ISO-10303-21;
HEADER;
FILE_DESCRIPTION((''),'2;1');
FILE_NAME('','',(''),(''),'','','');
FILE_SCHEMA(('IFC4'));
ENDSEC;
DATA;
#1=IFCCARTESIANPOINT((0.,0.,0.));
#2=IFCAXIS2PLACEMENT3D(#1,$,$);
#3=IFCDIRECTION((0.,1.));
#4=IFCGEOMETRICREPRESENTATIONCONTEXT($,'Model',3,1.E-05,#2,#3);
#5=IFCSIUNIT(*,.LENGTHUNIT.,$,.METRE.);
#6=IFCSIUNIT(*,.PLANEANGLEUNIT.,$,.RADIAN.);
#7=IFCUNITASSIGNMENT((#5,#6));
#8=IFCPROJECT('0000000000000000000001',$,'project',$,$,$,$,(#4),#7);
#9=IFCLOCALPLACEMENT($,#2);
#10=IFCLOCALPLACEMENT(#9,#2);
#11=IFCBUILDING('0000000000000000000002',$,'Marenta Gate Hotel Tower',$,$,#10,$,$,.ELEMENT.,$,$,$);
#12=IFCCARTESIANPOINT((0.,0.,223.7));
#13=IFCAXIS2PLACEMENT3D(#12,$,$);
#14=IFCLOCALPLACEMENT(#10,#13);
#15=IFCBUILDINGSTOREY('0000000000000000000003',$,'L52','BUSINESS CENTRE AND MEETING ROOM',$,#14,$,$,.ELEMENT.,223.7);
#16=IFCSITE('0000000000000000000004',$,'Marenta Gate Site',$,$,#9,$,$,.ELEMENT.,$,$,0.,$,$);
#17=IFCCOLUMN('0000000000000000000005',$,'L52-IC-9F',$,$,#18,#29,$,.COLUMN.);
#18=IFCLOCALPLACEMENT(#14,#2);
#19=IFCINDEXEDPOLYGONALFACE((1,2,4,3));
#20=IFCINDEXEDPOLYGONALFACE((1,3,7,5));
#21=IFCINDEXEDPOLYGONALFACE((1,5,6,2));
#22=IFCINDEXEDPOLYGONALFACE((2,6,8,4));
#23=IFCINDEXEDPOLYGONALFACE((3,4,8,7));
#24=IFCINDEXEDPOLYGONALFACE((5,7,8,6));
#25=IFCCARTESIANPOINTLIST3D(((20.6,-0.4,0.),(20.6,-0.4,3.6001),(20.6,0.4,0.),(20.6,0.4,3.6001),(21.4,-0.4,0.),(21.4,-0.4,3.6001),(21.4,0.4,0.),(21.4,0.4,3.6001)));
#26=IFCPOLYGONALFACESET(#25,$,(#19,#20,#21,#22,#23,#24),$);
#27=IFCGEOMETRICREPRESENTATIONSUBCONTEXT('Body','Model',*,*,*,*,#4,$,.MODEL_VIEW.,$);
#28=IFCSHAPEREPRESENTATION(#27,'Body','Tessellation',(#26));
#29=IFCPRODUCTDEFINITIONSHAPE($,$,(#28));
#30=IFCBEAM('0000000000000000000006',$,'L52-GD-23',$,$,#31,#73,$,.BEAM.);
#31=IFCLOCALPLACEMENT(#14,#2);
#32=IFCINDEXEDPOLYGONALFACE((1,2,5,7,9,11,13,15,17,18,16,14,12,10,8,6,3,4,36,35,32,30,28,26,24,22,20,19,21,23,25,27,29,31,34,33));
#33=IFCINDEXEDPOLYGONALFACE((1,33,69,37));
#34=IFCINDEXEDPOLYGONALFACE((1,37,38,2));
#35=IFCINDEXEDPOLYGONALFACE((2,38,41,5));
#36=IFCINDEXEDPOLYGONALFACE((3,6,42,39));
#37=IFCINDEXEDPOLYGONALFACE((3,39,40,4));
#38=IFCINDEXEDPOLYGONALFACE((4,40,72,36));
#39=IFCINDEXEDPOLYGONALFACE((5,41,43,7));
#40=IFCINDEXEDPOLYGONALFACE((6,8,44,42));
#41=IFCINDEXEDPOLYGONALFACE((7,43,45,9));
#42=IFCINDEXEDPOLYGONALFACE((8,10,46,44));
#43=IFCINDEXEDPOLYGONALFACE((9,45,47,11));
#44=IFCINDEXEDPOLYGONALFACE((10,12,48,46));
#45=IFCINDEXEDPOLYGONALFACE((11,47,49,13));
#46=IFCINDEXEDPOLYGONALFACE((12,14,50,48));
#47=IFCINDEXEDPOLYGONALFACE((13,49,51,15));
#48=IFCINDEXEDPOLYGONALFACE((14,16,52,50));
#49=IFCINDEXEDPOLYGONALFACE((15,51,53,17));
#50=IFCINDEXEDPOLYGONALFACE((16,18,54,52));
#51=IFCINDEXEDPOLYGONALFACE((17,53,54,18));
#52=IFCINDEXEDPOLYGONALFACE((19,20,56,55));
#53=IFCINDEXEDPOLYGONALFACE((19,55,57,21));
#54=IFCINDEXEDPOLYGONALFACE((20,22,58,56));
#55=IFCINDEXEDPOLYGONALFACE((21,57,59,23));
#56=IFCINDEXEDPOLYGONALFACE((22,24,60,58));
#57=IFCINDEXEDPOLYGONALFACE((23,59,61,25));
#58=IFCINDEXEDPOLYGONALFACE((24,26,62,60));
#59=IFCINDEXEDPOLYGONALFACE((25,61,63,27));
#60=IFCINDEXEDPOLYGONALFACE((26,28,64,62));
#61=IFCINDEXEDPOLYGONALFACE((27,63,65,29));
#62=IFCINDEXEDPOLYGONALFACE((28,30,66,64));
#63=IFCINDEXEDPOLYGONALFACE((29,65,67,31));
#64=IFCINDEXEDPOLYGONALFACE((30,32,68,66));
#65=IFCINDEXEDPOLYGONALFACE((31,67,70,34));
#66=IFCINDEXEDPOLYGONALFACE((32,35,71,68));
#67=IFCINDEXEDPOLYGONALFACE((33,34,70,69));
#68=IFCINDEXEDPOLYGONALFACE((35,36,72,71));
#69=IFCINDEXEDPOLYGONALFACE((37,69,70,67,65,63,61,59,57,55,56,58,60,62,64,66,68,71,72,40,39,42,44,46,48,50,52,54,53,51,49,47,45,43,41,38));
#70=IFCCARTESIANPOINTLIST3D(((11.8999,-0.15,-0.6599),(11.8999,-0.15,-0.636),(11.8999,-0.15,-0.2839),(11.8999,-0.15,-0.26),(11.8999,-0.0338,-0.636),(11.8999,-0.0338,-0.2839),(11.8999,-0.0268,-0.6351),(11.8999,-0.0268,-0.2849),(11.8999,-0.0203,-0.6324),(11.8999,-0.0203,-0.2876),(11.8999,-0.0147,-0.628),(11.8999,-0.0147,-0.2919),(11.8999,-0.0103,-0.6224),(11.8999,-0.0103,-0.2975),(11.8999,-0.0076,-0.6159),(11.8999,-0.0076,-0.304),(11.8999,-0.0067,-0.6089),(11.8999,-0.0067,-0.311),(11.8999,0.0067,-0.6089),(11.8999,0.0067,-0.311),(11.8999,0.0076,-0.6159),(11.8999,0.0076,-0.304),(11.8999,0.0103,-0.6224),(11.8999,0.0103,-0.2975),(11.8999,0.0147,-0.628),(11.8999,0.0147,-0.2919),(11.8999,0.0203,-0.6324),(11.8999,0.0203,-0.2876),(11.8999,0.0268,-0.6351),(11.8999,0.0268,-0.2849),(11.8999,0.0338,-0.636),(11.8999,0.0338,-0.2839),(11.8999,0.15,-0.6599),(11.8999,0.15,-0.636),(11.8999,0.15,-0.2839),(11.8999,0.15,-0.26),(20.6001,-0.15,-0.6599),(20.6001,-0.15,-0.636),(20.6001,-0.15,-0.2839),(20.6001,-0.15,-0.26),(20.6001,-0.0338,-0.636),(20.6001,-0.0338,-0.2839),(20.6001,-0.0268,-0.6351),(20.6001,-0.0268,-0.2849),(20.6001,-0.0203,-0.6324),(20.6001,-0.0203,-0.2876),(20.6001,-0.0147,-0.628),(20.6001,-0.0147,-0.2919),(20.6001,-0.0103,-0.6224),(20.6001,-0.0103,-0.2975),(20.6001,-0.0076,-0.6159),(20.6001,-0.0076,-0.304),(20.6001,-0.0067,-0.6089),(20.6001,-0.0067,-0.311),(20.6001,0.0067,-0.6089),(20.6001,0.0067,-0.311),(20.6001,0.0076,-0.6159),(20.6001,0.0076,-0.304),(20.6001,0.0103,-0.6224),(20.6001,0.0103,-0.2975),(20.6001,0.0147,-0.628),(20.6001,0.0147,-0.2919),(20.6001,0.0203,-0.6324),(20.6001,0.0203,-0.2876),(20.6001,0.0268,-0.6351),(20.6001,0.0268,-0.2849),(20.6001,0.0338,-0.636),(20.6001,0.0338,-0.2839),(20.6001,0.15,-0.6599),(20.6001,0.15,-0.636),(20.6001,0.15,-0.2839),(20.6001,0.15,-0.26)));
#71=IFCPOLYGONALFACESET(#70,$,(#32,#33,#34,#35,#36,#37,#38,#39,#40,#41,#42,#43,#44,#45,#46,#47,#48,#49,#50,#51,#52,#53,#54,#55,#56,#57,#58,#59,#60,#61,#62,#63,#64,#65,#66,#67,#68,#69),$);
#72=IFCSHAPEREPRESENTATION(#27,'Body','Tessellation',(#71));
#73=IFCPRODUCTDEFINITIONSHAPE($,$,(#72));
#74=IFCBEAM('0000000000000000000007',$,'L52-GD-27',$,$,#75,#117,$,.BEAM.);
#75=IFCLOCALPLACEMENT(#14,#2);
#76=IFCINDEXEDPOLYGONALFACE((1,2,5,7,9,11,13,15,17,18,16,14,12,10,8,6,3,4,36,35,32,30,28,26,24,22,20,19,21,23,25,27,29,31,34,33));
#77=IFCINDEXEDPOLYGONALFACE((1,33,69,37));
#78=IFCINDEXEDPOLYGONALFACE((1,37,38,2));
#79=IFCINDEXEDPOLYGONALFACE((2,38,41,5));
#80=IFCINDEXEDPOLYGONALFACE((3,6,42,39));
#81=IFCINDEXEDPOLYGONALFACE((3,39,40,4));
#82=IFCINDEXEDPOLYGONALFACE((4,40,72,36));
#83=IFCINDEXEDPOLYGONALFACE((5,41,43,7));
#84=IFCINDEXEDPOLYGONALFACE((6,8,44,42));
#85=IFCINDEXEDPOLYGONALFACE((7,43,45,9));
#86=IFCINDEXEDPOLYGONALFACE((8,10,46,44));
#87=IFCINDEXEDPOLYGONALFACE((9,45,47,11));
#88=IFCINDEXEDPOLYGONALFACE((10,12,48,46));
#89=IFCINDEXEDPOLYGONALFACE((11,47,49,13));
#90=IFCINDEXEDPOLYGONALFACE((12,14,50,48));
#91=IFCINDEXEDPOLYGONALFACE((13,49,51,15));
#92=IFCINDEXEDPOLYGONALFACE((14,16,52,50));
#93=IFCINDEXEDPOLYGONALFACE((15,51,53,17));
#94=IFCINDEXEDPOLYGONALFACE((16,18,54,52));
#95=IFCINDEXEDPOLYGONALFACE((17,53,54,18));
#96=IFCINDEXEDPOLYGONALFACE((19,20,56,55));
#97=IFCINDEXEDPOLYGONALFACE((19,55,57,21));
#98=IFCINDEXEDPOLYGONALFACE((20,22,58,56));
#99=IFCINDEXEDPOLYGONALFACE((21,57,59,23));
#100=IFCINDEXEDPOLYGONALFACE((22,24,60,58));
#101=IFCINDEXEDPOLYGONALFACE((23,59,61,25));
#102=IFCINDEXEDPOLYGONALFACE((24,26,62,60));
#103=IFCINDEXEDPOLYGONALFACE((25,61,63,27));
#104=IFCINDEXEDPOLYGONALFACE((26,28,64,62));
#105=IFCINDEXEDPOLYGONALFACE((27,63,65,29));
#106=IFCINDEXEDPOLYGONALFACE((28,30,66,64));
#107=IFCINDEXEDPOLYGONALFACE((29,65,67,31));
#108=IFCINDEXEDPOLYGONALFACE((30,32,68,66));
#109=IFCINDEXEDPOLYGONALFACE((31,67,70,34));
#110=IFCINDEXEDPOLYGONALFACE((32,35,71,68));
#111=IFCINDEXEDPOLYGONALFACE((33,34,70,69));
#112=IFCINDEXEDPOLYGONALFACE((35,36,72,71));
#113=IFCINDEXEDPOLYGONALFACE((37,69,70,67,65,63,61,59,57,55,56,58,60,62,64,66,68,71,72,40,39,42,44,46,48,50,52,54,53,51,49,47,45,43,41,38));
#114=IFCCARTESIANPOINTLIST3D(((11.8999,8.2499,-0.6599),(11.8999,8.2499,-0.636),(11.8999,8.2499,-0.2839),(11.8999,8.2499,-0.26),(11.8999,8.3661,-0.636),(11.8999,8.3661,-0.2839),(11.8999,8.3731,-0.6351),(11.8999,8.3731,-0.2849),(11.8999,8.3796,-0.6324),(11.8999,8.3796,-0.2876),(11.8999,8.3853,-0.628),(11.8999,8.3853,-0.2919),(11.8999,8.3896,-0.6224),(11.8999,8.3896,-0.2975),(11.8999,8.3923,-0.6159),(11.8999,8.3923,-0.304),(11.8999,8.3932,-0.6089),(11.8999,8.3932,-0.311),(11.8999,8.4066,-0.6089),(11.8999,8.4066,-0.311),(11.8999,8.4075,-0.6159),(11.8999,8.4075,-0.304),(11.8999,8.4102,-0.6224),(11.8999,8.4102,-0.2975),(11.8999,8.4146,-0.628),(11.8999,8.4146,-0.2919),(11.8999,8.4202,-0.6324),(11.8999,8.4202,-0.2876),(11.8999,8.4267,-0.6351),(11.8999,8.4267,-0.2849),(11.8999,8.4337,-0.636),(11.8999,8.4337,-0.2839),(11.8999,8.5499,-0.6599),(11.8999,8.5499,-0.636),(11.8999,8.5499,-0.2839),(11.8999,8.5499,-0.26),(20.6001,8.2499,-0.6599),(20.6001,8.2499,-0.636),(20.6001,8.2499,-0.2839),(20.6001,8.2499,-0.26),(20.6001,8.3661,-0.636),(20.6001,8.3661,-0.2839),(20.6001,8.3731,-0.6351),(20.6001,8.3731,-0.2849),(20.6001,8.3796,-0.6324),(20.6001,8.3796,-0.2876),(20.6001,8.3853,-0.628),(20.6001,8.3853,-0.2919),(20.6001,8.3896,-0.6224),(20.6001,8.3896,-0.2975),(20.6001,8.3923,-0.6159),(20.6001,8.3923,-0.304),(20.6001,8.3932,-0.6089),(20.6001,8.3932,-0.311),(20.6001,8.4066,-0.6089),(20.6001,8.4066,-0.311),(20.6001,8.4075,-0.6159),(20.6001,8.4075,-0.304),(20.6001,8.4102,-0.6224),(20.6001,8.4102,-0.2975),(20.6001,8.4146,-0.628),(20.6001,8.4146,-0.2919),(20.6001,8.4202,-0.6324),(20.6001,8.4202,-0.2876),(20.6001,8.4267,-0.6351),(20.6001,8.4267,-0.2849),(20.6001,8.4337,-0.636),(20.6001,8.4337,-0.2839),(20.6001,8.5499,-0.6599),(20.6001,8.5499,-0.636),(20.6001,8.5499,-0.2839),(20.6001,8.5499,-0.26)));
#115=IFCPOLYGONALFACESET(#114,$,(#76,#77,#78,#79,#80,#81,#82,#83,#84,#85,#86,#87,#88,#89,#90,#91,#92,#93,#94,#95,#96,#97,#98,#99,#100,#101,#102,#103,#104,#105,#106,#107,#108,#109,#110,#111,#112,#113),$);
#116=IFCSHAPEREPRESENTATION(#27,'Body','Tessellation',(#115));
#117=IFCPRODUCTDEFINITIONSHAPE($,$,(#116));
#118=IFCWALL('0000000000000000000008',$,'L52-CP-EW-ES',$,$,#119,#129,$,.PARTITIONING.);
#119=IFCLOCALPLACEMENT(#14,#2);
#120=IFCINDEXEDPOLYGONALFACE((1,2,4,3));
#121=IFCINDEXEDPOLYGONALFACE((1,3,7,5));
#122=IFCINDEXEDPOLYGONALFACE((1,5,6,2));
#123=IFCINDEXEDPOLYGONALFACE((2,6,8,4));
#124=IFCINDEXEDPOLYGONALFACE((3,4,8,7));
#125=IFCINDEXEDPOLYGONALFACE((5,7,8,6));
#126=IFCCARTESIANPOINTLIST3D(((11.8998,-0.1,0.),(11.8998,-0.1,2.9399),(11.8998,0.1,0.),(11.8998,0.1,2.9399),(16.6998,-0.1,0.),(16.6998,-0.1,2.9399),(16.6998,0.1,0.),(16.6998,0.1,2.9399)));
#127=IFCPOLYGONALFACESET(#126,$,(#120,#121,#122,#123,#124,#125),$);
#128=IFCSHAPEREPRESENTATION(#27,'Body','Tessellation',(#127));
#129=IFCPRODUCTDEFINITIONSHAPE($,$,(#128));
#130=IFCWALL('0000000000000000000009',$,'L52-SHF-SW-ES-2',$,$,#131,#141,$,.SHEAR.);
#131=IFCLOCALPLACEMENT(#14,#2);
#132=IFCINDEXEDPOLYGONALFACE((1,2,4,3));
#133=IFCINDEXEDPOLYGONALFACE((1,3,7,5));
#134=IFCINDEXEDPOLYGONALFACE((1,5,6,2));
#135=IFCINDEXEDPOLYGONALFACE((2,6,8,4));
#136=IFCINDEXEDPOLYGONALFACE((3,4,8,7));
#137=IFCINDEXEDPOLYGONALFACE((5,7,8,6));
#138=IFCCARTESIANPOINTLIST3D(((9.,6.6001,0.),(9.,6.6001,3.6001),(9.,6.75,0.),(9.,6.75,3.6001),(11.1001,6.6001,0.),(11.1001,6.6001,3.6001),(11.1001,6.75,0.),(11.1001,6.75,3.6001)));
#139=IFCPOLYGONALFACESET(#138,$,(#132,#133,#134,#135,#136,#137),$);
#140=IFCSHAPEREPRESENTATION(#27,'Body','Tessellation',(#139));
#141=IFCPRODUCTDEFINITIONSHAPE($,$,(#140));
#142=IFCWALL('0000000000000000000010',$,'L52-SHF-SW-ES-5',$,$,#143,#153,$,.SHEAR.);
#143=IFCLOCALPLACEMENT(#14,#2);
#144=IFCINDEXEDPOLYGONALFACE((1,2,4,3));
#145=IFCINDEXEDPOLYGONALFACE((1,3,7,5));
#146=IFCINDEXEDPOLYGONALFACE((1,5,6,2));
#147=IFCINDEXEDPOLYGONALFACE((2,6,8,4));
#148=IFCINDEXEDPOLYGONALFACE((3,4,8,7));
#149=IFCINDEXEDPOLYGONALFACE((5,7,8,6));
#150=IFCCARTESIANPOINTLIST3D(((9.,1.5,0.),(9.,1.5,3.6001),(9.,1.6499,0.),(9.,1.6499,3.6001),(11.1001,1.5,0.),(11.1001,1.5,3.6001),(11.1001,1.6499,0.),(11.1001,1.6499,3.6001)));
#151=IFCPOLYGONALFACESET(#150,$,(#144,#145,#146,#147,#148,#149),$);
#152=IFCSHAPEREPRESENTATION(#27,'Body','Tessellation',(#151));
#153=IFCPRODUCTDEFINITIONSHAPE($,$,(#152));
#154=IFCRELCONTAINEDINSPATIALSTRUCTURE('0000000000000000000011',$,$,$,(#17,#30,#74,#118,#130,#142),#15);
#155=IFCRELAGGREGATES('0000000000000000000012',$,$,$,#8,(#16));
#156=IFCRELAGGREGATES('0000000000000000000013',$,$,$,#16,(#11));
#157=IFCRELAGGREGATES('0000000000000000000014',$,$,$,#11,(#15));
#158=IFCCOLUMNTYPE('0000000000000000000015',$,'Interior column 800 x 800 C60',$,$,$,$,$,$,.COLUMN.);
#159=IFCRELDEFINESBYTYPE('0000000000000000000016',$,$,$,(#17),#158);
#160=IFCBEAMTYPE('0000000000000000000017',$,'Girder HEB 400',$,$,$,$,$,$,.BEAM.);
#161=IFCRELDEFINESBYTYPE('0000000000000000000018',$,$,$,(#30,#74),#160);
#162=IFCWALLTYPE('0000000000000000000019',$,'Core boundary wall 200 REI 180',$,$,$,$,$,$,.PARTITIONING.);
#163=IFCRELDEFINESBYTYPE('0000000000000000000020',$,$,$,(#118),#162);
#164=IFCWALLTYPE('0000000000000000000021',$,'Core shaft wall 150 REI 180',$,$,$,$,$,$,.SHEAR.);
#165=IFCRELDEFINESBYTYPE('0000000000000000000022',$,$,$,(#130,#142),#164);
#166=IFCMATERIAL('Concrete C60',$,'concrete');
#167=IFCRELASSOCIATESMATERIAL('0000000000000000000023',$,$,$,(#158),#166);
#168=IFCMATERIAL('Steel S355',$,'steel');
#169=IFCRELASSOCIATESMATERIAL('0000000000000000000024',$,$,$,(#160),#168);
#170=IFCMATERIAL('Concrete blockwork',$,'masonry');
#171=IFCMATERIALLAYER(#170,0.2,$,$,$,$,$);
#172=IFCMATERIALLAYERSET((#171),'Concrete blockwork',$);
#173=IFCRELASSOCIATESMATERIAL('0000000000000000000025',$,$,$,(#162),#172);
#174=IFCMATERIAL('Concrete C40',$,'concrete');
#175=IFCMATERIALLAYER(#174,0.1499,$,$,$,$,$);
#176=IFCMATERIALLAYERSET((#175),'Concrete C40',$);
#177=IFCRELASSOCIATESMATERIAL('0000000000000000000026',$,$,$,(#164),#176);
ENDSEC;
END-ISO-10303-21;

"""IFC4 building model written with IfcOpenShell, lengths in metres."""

from ifc_helpers import new_model, si_unit, direction, frame, frame_2d, origin, origin_2d, place, context, subcontext, project, spatial, rectangle, i_section, extrude, material, layer, layer_set, material_profile, profile_set, type_object, element, save


model = new_model("IFC4")

# Units and contexts
model_context = context("Model", 3, precision=1e-05, world=origin(), true_north=direction((0.0, 1.0)))
body_context = subcontext(model_context, "Body", "Model", "MODEL_VIEW")
ifc_project = project(units=[si_unit("LENGTHUNIT", "METRE"), si_unit("PLANEANGLEUNIT", "RADIAN")], contexts=[model_context])

# Site, building, storey
site_placement = place(None, origin())
site = spatial("IfcSite", under=ifc_project, at=site_placement, Name="Marenta Gate Site", CompositionType="ELEMENT", RefElevation=0.0)
building_placement = place(site_placement, origin())
building = spatial("IfcBuilding", under=site, at=building_placement, Name="Marenta Gate Hotel Tower", CompositionType="ELEMENT")
storey_placement = place(building_placement, frame((0.0, 0.0, 223.7)))
storey = spatial("IfcBuildingStorey", under=building, at=storey_placement, Name="L52", Description="BUSINESS CENTRE AND MEETING ROOM", CompositionType="ELEMENT", Elevation=223.7)

# Column
ifc_material_1 = material(Name="Concrete C60", Category="concrete")
ifc_material_profile_1 = material_profile(ifc_material_1, rectangle(XDim=0.8, YDim=0.8, at=origin_2d()), Name="800 x 800")
ifc_profile_set_1 = profile_set([ifc_material_profile_1], Name="Concrete C60")
column_type = type_object("IfcColumnType", Name="Interior column 800 x 800 C60", PredefinedType="COLUMN", material=ifc_profile_set_1)
column_placement = place(storey_placement, frame((21.0, 0.0, 0.0), z_axis=(0.0, 0.0, 1.0), x_axis=(1.0, 0.0, 0.0)))
element("IfcColumn", 1, at=column_placement, inside=storey, type_object=column_type, Name="L52-IC-9F", PredefinedType="COLUMN", context=body_context, shape_type="SweptSolid", body=[
    extrude(rectangle(XDim=0.8, YDim=0.8, at=origin_2d()), origin(), (0.0, 0.0, 1.0), 3.6001),
])

# Beams
ifc_material_2 = material(Name="Steel S355", Category="steel")
ifc_material_profile_2 = material_profile(ifc_material_2, i_section(OverallWidth=0.3, OverallDepth=0.3999, WebThickness=0.0134, FlangeThickness=0.0239, FilletRadius=0.0271, at=origin_2d()), Name="HEB 400")
ifc_profile_set_2 = profile_set([ifc_material_profile_2], Name="Steel S355")
beam_type = type_object("IfcBeamType", Name="Girder HEB 400", PredefinedType="BEAM", material=ifc_profile_set_2)
for number, where, z_axis, x_axis, name in (
    (2, (11.8999, 0.0, -0.46), (1.0, 0.0, 0.0), (0.0, 1.0, 0.0), "L52-GD-23"),
    (3, (11.8999, 8.3999, -0.46), (1.0, 0.0, 0.0), (0.0, 1.0, 0.0), "L52-GD-27"),
):
    element("IfcBeam", number, at=place(storey_placement, frame(where, z_axis=z_axis, x_axis=x_axis)), inside=storey, type_object=beam_type, Name=name, PredefinedType="BEAM", context=body_context, shape_type="SweptSolid", body=[
        extrude(i_section(OverallWidth=0.3, OverallDepth=0.3999, WebThickness=0.0134, FlangeThickness=0.0239, FilletRadius=0.0271, at=origin_2d()), origin(), (0.0, 0.0, 1.0), 8.7002),
    ])

# Shared definitions
ifc_material_3 = material(Name="Concrete blockwork", Category="masonry")
ifc_layer_1 = layer(ifc_material_3, 0.2)
ifc_layer_set_1 = layer_set([ifc_layer_1], Name="Concrete blockwork")
wall_type_1 = type_object("IfcWallType", Name="Core boundary wall 200 REI 180", PredefinedType="PARTITIONING", material=ifc_layer_set_1)

# Walls
wall_1_placement = place(storey_placement, frame((11.8999, 0.0, 0.0), z_axis=(0.0, 0.0, 1.0), x_axis=(1.0, 0.0, 0.0)))
element("IfcWall", 4, at=wall_1_placement, inside=storey, type_object=wall_type_1, Name="L52-CP-EW-ES", PredefinedType="PARTITIONING", context=body_context, shape_type="SweptSolid", body=[
    extrude(rectangle(XDim=4.8, YDim=0.2, at=frame_2d((2.3999, 0.0))), origin(), (0.0, 0.0, 1.0), 2.9399),
])
ifc_material_4 = material(Name="Concrete C40", Category="concrete")
ifc_layer_2 = layer(ifc_material_4, 0.1499)
ifc_layer_set_2 = layer_set([ifc_layer_2], Name="Concrete C40")
wall_type_2 = type_object("IfcWallType", Name="Core shaft wall 150 REI 180", PredefinedType="SHEAR", material=ifc_layer_set_2)
for number, where, z_axis, x_axis, name in (
    (5, (9.0, 6.675, 0.0), (0.0, 0.0, 1.0), (1.0, 0.0, 0.0), "L52-SHF-SW-ES-2"),
    (6, (9.0, 1.575, 0.0), (0.0, 0.0, 1.0), (1.0, 0.0, 0.0), "L52-SHF-SW-ES-5"),
):
    element("IfcWall", number, at=place(storey_placement, frame(where, z_axis=z_axis, x_axis=x_axis)), inside=storey, type_object=wall_type_2, Name=name, PredefinedType="SHEAR", context=body_context, shape_type="SweptSolid", body=[
        extrude(rectangle(XDim=2.1001, YDim=0.1499, at=frame_2d((1.05, 0.0))), origin(), (0.0, 0.0, 1.0), 3.6001),
    ])

save(model, "model.ifc")
